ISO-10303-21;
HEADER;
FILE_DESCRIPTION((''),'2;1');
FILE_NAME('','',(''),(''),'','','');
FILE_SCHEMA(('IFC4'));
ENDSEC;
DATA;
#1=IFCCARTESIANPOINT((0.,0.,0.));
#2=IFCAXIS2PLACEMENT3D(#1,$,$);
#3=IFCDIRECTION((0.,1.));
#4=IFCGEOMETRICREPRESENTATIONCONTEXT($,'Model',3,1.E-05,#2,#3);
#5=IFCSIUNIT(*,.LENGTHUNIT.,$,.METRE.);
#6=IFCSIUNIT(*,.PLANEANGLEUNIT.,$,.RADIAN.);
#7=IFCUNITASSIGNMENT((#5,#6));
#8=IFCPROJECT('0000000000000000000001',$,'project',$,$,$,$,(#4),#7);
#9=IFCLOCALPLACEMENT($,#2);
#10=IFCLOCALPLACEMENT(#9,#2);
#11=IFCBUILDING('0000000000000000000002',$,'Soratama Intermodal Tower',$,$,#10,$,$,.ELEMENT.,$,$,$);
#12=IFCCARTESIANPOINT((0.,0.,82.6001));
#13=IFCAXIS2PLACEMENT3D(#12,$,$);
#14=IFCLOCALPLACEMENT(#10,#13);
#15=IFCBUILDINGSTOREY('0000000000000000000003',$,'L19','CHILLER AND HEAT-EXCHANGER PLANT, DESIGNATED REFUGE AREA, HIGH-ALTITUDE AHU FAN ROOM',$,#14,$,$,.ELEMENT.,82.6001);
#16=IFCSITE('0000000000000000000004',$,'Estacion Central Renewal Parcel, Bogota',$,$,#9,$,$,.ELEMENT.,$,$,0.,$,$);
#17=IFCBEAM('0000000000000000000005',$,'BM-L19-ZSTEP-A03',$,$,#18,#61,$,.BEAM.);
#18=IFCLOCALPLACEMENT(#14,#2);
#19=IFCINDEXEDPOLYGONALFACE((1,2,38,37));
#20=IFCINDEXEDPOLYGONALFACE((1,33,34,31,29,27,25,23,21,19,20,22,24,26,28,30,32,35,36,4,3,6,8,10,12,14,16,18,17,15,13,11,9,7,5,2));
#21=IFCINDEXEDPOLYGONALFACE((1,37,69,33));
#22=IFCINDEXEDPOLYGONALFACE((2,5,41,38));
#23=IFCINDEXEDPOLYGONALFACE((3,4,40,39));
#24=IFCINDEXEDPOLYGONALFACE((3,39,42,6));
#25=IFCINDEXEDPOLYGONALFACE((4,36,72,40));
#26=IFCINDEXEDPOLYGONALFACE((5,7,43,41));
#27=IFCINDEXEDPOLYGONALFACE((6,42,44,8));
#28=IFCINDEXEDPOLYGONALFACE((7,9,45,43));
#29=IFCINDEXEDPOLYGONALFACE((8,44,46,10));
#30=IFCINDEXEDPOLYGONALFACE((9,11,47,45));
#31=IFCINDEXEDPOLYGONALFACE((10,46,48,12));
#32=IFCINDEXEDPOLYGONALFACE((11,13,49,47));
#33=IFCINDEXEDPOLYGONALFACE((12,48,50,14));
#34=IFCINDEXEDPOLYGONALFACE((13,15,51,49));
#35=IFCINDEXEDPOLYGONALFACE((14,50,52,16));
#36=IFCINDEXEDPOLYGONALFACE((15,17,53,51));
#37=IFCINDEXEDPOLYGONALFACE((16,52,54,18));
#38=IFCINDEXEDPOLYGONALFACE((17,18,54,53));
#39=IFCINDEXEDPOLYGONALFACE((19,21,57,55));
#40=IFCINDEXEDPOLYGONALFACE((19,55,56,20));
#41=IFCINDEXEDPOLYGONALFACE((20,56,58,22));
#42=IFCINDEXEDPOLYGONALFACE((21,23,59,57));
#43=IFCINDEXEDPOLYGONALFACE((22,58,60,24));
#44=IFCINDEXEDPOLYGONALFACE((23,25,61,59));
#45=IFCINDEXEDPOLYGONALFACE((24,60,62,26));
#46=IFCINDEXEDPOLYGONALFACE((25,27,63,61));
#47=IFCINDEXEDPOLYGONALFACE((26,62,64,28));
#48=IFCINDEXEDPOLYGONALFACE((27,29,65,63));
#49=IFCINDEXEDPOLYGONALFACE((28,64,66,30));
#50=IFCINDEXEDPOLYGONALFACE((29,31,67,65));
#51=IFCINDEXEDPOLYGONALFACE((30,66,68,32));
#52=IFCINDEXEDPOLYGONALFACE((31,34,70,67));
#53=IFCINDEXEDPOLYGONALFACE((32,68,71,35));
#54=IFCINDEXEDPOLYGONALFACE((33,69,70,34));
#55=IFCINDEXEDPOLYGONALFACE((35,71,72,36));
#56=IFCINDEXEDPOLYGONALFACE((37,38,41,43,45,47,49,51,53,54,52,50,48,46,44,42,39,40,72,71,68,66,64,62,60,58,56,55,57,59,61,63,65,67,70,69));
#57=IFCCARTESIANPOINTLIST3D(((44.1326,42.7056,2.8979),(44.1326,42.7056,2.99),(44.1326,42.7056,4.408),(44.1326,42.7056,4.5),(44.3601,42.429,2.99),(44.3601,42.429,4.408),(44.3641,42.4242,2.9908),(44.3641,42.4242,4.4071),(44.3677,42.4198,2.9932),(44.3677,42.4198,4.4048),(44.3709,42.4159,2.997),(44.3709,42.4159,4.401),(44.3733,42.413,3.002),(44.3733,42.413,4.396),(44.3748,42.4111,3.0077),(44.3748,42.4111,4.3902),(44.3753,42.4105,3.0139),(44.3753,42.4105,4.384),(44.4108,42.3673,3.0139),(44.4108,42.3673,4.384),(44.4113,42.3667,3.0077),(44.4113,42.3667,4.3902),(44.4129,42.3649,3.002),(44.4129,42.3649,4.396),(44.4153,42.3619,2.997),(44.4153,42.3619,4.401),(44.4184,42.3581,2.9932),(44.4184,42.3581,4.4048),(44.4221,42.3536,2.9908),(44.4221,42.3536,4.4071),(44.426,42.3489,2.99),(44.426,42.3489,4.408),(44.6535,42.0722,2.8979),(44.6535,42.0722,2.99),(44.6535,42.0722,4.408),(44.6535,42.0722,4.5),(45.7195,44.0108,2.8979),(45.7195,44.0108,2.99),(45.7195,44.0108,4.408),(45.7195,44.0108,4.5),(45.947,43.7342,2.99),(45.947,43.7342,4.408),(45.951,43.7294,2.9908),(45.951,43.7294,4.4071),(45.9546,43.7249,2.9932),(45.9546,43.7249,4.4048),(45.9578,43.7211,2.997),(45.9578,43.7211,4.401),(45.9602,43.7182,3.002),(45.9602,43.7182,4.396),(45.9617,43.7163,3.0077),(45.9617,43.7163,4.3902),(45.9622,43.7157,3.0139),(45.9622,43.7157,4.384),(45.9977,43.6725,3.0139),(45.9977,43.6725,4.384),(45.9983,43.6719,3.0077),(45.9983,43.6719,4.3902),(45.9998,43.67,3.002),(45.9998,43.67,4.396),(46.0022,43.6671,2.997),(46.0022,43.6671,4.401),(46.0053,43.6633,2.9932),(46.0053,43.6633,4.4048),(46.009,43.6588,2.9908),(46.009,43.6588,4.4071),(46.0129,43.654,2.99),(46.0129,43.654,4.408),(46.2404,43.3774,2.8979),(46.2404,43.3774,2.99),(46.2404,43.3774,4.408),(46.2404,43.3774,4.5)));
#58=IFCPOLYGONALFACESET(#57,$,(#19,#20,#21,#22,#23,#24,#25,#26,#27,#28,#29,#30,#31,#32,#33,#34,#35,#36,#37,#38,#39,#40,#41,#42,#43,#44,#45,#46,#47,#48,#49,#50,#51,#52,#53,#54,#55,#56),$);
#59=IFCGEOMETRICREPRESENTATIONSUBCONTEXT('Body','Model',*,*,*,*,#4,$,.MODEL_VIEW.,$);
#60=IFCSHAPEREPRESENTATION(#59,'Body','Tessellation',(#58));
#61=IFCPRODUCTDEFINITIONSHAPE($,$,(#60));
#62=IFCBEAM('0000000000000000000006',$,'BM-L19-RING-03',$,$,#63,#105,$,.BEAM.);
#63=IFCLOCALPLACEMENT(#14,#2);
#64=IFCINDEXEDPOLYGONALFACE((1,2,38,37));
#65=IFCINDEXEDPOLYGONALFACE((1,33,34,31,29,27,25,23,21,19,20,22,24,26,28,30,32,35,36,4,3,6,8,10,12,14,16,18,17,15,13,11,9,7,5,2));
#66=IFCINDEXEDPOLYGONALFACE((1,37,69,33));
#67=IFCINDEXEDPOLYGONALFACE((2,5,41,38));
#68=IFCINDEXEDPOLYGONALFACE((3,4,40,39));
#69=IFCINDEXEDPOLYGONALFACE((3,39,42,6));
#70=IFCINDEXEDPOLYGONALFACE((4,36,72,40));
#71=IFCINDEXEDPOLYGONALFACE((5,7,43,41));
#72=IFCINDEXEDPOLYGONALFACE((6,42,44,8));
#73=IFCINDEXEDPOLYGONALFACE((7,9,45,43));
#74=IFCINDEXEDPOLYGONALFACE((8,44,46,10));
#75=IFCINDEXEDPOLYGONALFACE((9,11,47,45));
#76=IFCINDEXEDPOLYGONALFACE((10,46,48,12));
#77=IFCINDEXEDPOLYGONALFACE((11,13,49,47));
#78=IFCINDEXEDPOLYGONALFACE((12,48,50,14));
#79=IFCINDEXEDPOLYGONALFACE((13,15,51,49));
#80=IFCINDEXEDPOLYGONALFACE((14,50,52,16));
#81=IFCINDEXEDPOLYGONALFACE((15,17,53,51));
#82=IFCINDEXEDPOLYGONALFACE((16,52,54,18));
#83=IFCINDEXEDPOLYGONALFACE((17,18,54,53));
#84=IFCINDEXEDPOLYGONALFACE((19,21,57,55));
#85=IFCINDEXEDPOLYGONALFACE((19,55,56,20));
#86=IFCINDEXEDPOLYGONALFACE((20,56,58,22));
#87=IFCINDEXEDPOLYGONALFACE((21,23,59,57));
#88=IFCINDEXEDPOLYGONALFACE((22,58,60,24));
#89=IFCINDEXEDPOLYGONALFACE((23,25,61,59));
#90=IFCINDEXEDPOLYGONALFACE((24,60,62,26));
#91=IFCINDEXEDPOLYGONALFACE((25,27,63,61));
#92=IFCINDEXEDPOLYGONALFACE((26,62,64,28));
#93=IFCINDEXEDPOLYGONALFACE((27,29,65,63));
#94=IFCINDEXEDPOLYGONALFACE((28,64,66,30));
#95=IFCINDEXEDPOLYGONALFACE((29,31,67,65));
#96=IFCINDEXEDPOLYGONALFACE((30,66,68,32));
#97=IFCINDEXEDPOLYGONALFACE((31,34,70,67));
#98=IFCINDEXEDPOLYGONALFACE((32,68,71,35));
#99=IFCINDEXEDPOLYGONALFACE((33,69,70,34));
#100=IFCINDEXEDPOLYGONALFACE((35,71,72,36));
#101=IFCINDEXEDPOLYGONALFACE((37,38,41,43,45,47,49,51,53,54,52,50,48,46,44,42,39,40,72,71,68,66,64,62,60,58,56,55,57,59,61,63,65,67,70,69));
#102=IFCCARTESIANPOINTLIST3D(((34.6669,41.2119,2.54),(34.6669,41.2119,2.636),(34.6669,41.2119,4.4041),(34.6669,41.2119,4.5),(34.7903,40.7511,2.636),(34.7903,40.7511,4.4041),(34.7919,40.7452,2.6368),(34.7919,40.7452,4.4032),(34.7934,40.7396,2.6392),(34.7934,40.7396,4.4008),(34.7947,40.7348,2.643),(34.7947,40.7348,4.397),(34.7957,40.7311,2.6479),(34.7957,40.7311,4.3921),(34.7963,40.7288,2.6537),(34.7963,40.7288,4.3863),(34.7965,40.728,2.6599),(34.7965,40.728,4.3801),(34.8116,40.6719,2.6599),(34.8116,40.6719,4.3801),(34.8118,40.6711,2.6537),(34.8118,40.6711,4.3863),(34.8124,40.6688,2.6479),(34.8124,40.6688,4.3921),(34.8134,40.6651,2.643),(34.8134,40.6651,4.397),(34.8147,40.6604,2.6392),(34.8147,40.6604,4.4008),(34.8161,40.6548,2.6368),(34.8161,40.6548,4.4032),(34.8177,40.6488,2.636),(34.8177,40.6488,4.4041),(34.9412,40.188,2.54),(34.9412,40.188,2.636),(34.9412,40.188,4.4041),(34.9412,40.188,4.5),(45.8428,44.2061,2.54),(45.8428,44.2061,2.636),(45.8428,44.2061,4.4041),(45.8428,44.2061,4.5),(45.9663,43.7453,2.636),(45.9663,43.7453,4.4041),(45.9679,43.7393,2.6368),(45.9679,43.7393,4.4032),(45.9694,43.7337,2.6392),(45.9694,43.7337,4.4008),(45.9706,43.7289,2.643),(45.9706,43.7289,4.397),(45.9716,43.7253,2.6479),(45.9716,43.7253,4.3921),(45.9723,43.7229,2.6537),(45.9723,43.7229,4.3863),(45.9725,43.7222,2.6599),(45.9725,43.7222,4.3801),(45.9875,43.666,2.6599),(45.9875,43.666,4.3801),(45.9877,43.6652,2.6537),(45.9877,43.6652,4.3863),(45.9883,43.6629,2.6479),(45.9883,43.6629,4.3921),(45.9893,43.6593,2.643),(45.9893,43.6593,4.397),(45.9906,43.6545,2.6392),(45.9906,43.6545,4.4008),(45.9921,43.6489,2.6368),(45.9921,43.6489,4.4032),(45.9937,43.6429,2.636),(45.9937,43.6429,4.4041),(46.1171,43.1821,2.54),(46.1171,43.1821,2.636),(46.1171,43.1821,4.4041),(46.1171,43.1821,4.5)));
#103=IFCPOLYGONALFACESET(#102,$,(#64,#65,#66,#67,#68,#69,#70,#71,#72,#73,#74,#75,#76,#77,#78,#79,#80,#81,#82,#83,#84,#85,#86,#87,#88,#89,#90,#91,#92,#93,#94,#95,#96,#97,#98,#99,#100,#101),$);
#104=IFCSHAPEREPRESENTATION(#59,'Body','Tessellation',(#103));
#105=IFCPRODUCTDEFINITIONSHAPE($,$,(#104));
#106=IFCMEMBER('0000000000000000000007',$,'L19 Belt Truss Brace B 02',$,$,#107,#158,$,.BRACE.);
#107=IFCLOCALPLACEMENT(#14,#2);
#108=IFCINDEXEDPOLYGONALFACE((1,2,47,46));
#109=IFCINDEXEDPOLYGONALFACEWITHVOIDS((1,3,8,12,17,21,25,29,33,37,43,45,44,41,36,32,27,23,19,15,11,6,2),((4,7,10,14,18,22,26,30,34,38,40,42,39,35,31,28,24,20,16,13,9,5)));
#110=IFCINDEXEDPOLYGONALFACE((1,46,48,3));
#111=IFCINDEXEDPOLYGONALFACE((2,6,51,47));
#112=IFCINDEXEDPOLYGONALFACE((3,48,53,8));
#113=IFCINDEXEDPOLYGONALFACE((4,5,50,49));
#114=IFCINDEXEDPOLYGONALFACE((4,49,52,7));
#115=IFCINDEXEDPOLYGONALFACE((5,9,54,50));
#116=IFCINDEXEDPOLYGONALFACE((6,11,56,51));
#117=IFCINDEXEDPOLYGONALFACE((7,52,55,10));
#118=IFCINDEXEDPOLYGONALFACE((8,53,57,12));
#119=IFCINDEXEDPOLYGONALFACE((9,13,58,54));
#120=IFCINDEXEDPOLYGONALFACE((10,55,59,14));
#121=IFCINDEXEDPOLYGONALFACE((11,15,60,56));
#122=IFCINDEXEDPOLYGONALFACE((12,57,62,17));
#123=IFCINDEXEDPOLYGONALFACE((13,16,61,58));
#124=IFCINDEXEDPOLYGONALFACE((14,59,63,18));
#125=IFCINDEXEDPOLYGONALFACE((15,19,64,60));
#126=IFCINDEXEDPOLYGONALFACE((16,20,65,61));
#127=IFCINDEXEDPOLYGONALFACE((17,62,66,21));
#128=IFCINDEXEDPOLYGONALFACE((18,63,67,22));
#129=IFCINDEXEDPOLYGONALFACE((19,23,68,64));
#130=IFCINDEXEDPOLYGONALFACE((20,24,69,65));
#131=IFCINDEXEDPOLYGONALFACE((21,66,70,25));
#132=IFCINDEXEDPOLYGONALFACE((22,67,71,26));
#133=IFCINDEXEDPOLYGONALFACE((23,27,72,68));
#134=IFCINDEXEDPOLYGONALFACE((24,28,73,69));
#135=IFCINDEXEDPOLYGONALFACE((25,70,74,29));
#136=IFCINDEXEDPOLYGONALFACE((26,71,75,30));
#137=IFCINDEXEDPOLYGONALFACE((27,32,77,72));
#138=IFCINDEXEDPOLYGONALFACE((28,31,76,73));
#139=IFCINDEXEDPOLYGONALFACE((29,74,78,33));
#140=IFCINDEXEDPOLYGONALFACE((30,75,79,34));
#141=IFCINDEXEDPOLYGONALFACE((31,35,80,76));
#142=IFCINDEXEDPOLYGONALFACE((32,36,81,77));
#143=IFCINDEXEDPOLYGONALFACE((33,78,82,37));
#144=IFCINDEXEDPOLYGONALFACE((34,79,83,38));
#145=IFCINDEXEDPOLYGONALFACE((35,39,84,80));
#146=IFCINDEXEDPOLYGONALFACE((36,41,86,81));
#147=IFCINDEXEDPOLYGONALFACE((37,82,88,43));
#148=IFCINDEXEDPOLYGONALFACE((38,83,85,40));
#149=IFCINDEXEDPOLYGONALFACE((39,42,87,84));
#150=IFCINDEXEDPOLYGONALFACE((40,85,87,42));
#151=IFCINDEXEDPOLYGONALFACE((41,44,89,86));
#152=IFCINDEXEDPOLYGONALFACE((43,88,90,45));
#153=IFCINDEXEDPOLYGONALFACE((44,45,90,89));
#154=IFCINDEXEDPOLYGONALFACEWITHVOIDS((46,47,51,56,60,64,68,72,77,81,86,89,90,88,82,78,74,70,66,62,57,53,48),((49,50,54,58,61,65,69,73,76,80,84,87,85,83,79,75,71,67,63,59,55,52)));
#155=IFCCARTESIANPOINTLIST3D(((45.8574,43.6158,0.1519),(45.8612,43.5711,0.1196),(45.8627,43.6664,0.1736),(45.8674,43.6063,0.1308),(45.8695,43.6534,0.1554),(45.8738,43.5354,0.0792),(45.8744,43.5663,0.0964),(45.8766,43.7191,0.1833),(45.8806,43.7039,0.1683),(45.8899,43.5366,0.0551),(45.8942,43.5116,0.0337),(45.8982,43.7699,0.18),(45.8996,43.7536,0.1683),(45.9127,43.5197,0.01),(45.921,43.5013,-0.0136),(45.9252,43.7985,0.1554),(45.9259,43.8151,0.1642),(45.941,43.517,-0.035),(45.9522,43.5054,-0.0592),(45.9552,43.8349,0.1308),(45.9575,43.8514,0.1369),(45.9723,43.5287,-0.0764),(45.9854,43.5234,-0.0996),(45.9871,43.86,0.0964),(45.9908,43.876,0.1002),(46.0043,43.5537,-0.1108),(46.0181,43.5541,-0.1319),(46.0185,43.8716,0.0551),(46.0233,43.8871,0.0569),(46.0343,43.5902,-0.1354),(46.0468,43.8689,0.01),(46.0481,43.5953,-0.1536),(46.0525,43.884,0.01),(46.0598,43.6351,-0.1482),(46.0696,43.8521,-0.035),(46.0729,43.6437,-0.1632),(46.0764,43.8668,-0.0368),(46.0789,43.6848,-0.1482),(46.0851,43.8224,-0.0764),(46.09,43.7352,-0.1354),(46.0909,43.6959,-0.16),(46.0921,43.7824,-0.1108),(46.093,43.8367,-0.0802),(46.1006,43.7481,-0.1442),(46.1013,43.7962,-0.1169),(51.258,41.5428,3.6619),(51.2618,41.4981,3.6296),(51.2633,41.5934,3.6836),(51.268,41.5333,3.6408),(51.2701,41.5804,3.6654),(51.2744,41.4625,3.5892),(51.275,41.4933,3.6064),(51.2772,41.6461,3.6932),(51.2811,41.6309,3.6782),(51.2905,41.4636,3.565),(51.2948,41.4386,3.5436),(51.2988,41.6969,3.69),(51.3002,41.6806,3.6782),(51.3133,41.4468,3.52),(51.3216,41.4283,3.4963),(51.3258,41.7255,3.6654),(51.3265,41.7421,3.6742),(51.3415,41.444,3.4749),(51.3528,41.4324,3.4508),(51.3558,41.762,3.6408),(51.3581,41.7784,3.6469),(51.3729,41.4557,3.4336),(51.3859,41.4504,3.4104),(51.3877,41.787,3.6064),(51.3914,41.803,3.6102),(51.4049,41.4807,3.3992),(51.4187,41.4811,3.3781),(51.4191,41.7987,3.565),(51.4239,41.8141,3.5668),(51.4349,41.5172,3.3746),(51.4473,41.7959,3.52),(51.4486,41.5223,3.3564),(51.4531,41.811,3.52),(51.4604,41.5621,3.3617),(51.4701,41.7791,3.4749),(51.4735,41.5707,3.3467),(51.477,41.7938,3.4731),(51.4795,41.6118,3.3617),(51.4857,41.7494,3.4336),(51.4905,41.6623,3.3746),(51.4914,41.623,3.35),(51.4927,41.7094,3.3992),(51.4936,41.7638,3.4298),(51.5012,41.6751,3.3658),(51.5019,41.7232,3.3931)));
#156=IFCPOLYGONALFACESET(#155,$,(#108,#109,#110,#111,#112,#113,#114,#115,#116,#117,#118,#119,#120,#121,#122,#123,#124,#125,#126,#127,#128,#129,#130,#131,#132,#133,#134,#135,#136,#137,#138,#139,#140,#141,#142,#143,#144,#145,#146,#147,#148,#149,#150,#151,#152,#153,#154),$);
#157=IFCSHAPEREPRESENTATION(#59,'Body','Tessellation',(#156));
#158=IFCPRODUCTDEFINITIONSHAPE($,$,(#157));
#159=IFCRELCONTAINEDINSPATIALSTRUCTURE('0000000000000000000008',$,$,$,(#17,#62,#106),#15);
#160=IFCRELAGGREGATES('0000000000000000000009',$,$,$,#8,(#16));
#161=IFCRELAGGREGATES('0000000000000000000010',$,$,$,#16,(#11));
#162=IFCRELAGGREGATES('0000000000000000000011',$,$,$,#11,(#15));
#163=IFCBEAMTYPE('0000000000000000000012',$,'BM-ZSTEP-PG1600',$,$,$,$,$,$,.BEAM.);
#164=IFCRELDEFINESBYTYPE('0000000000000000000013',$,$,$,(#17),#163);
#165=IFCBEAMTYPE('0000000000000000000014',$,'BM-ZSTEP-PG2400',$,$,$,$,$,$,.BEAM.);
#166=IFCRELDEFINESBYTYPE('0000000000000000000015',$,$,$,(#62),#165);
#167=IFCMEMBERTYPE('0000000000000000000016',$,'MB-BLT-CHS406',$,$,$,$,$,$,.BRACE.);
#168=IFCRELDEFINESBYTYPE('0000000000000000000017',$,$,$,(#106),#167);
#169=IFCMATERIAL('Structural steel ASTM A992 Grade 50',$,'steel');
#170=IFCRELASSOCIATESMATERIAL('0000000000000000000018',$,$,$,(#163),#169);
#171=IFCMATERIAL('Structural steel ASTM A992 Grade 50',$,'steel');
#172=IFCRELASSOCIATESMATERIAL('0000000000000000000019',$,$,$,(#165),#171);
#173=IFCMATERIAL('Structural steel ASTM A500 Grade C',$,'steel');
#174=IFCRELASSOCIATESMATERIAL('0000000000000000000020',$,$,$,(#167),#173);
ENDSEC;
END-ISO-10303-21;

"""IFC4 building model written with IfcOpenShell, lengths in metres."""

from ifc_helpers import new_model, si_unit, direction, frame, origin, origin_2d, place, context, subcontext, project, spatial, hollow_circle, i_section, extrude, material, material_profile, profile_set, type_object, element, save


model = new_model("IFC4")

# Units and contexts
model_context = context("Model", 3, precision=1e-05, world=origin(), true_north=direction((0.0, 1.0)))
body_context = subcontext(model_context, "Body", "Model", "MODEL_VIEW")
ifc_project = project(units=[si_unit("LENGTHUNIT", "METRE"), si_unit("PLANEANGLEUNIT", "RADIAN")], contexts=[model_context])

# Site, building, storey
site_placement = place(None, origin())
site = spatial("IfcSite", under=ifc_project, at=site_placement, Name="Estacion Central Renewal Parcel, Bogota", CompositionType="ELEMENT", RefElevation=0.0)
building_placement = place(site_placement, origin())
building = spatial("IfcBuilding", under=site, at=building_placement, Name="Soratama Intermodal Tower", CompositionType="ELEMENT")
storey_placement = place(building_placement, frame((0.0, 0.0, 82.6001)))
storey = spatial("IfcBuildingStorey", under=building, at=storey_placement, Name="L19", Description="CHILLER AND HEAT-EXCHANGER PLANT, DESIGNATED REFUGE AREA, HIGH-ALTITUDE AHU FAN ROOM", CompositionType="ELEMENT", Elevation=82.6001)

# Beams
ifc_material_1 = material(Name="Structural steel ASTM A992 Grade 50", Category="steel")
ifc_material_profile_1 = material_profile(ifc_material_1, i_section(OverallWidth=0.8201, OverallDepth=1.6021, WebThickness=0.0559, FlangeThickness=0.092, FilletRadius=0.0239, at=origin_2d()), Name="PG1600X650")
ifc_profile_set_1 = profile_set([ifc_material_profile_1], Name="Structural steel ASTM A992 Grade 50")
beam_type_1 = type_object("IfcBeamType", Name="BM-ZSTEP-PG1600", PredefinedType="BEAM", material=ifc_profile_set_1)
beam_1_placement = place(storey_placement, frame((45.98, 43.6941, 3.699), z_axis=(-0.772335, -0.635216, 0.0), x_axis=(0.635216, -0.772335, 0.0)))
element("IfcBeam", 1, at=beam_1_placement, inside=storey, type_object=beam_type_1, Name="BM-L19-ZSTEP-A03", PredefinedType="BEAM", context=body_context, shape_type="SweptSolid", body=[
    extrude(i_section(OverallWidth=0.8201, OverallDepth=1.6021, WebThickness=0.0559, FlangeThickness=0.092, FilletRadius=0.0239, at=origin_2d()), origin(), (0.0, 0.0, 1.0), 2.0547),
])
ifc_material_2 = material(Name="Structural steel ASTM A992 Grade 50", Category="steel")
ifc_material_profile_2 = material_profile(ifc_material_2, i_section(OverallWidth=1.0601, OverallDepth=1.96, WebThickness=0.0581, FlangeThickness=0.0959, FilletRadius=0.0239, at=origin_2d()), Name="PG2400X900")
ifc_profile_set_2 = profile_set([ifc_material_profile_2], Name="Structural steel ASTM A992 Grade 50")
beam_type_2 = type_object("IfcBeamType", Name="BM-ZSTEP-PG2400", PredefinedType="BEAM", material=ifc_profile_set_2)
beam_2_placement = place(storey_placement, frame((45.98, 43.6941, 3.52), z_axis=(-0.965936, -0.258781, 0.0), x_axis=(0.258781, -0.965936, 0.0)))
element("IfcBeam", 2, at=beam_2_placement, inside=storey, type_object=beam_type_2, Name="BM-L19-RING-03", PredefinedType="BEAM", context=body_context, shape_type="SweptSolid", body=[
    extrude(i_section(OverallWidth=1.0601, OverallDepth=1.96, WebThickness=0.0581, FlangeThickness=0.0959, FilletRadius=0.0239, at=origin_2d()), origin(), (0.0, 0.0, 1.0), 11.5701),
])

# Member
ifc_material_3 = material(Name="Structural steel ASTM A500 Grade C", Category="steel")
ifc_material_profile_3 = material_profile(ifc_material_3, hollow_circle(Radius=0.2031, WallThickness=0.0161, at=origin_2d()), Name="CHS406X16")
ifc_profile_set_3 = profile_set([ifc_material_profile_3], Name="Structural steel ASTM A500 Grade C")
member_type = type_object("IfcMemberType", Name="MB-BLT-CHS406", PredefinedType="BRACE", material=ifc_profile_set_3)
for number, where, z_axis, x_axis, name in (
    (3, (45.9797, 43.6943, 0.01), (0.798153, -0.306366, 0.51874), (0.358351, 0.933587, 0.0), "L19 Belt Truss Brace B 02"),
):
    element("IfcMember", number, at=place(storey_placement, frame(where, z_axis=z_axis, x_axis=x_axis)), inside=storey, type_object=member_type, Name=name, PredefinedType="BRACE", context=body_context, shape_type="SweptSolid", body=[
        extrude(hollow_circle(Radius=0.2031, WallThickness=0.0161, at=origin_2d()), origin(), (0.0, 0.0, 1.0), 6.7664),
    ])

save(model, "model.ifc")
